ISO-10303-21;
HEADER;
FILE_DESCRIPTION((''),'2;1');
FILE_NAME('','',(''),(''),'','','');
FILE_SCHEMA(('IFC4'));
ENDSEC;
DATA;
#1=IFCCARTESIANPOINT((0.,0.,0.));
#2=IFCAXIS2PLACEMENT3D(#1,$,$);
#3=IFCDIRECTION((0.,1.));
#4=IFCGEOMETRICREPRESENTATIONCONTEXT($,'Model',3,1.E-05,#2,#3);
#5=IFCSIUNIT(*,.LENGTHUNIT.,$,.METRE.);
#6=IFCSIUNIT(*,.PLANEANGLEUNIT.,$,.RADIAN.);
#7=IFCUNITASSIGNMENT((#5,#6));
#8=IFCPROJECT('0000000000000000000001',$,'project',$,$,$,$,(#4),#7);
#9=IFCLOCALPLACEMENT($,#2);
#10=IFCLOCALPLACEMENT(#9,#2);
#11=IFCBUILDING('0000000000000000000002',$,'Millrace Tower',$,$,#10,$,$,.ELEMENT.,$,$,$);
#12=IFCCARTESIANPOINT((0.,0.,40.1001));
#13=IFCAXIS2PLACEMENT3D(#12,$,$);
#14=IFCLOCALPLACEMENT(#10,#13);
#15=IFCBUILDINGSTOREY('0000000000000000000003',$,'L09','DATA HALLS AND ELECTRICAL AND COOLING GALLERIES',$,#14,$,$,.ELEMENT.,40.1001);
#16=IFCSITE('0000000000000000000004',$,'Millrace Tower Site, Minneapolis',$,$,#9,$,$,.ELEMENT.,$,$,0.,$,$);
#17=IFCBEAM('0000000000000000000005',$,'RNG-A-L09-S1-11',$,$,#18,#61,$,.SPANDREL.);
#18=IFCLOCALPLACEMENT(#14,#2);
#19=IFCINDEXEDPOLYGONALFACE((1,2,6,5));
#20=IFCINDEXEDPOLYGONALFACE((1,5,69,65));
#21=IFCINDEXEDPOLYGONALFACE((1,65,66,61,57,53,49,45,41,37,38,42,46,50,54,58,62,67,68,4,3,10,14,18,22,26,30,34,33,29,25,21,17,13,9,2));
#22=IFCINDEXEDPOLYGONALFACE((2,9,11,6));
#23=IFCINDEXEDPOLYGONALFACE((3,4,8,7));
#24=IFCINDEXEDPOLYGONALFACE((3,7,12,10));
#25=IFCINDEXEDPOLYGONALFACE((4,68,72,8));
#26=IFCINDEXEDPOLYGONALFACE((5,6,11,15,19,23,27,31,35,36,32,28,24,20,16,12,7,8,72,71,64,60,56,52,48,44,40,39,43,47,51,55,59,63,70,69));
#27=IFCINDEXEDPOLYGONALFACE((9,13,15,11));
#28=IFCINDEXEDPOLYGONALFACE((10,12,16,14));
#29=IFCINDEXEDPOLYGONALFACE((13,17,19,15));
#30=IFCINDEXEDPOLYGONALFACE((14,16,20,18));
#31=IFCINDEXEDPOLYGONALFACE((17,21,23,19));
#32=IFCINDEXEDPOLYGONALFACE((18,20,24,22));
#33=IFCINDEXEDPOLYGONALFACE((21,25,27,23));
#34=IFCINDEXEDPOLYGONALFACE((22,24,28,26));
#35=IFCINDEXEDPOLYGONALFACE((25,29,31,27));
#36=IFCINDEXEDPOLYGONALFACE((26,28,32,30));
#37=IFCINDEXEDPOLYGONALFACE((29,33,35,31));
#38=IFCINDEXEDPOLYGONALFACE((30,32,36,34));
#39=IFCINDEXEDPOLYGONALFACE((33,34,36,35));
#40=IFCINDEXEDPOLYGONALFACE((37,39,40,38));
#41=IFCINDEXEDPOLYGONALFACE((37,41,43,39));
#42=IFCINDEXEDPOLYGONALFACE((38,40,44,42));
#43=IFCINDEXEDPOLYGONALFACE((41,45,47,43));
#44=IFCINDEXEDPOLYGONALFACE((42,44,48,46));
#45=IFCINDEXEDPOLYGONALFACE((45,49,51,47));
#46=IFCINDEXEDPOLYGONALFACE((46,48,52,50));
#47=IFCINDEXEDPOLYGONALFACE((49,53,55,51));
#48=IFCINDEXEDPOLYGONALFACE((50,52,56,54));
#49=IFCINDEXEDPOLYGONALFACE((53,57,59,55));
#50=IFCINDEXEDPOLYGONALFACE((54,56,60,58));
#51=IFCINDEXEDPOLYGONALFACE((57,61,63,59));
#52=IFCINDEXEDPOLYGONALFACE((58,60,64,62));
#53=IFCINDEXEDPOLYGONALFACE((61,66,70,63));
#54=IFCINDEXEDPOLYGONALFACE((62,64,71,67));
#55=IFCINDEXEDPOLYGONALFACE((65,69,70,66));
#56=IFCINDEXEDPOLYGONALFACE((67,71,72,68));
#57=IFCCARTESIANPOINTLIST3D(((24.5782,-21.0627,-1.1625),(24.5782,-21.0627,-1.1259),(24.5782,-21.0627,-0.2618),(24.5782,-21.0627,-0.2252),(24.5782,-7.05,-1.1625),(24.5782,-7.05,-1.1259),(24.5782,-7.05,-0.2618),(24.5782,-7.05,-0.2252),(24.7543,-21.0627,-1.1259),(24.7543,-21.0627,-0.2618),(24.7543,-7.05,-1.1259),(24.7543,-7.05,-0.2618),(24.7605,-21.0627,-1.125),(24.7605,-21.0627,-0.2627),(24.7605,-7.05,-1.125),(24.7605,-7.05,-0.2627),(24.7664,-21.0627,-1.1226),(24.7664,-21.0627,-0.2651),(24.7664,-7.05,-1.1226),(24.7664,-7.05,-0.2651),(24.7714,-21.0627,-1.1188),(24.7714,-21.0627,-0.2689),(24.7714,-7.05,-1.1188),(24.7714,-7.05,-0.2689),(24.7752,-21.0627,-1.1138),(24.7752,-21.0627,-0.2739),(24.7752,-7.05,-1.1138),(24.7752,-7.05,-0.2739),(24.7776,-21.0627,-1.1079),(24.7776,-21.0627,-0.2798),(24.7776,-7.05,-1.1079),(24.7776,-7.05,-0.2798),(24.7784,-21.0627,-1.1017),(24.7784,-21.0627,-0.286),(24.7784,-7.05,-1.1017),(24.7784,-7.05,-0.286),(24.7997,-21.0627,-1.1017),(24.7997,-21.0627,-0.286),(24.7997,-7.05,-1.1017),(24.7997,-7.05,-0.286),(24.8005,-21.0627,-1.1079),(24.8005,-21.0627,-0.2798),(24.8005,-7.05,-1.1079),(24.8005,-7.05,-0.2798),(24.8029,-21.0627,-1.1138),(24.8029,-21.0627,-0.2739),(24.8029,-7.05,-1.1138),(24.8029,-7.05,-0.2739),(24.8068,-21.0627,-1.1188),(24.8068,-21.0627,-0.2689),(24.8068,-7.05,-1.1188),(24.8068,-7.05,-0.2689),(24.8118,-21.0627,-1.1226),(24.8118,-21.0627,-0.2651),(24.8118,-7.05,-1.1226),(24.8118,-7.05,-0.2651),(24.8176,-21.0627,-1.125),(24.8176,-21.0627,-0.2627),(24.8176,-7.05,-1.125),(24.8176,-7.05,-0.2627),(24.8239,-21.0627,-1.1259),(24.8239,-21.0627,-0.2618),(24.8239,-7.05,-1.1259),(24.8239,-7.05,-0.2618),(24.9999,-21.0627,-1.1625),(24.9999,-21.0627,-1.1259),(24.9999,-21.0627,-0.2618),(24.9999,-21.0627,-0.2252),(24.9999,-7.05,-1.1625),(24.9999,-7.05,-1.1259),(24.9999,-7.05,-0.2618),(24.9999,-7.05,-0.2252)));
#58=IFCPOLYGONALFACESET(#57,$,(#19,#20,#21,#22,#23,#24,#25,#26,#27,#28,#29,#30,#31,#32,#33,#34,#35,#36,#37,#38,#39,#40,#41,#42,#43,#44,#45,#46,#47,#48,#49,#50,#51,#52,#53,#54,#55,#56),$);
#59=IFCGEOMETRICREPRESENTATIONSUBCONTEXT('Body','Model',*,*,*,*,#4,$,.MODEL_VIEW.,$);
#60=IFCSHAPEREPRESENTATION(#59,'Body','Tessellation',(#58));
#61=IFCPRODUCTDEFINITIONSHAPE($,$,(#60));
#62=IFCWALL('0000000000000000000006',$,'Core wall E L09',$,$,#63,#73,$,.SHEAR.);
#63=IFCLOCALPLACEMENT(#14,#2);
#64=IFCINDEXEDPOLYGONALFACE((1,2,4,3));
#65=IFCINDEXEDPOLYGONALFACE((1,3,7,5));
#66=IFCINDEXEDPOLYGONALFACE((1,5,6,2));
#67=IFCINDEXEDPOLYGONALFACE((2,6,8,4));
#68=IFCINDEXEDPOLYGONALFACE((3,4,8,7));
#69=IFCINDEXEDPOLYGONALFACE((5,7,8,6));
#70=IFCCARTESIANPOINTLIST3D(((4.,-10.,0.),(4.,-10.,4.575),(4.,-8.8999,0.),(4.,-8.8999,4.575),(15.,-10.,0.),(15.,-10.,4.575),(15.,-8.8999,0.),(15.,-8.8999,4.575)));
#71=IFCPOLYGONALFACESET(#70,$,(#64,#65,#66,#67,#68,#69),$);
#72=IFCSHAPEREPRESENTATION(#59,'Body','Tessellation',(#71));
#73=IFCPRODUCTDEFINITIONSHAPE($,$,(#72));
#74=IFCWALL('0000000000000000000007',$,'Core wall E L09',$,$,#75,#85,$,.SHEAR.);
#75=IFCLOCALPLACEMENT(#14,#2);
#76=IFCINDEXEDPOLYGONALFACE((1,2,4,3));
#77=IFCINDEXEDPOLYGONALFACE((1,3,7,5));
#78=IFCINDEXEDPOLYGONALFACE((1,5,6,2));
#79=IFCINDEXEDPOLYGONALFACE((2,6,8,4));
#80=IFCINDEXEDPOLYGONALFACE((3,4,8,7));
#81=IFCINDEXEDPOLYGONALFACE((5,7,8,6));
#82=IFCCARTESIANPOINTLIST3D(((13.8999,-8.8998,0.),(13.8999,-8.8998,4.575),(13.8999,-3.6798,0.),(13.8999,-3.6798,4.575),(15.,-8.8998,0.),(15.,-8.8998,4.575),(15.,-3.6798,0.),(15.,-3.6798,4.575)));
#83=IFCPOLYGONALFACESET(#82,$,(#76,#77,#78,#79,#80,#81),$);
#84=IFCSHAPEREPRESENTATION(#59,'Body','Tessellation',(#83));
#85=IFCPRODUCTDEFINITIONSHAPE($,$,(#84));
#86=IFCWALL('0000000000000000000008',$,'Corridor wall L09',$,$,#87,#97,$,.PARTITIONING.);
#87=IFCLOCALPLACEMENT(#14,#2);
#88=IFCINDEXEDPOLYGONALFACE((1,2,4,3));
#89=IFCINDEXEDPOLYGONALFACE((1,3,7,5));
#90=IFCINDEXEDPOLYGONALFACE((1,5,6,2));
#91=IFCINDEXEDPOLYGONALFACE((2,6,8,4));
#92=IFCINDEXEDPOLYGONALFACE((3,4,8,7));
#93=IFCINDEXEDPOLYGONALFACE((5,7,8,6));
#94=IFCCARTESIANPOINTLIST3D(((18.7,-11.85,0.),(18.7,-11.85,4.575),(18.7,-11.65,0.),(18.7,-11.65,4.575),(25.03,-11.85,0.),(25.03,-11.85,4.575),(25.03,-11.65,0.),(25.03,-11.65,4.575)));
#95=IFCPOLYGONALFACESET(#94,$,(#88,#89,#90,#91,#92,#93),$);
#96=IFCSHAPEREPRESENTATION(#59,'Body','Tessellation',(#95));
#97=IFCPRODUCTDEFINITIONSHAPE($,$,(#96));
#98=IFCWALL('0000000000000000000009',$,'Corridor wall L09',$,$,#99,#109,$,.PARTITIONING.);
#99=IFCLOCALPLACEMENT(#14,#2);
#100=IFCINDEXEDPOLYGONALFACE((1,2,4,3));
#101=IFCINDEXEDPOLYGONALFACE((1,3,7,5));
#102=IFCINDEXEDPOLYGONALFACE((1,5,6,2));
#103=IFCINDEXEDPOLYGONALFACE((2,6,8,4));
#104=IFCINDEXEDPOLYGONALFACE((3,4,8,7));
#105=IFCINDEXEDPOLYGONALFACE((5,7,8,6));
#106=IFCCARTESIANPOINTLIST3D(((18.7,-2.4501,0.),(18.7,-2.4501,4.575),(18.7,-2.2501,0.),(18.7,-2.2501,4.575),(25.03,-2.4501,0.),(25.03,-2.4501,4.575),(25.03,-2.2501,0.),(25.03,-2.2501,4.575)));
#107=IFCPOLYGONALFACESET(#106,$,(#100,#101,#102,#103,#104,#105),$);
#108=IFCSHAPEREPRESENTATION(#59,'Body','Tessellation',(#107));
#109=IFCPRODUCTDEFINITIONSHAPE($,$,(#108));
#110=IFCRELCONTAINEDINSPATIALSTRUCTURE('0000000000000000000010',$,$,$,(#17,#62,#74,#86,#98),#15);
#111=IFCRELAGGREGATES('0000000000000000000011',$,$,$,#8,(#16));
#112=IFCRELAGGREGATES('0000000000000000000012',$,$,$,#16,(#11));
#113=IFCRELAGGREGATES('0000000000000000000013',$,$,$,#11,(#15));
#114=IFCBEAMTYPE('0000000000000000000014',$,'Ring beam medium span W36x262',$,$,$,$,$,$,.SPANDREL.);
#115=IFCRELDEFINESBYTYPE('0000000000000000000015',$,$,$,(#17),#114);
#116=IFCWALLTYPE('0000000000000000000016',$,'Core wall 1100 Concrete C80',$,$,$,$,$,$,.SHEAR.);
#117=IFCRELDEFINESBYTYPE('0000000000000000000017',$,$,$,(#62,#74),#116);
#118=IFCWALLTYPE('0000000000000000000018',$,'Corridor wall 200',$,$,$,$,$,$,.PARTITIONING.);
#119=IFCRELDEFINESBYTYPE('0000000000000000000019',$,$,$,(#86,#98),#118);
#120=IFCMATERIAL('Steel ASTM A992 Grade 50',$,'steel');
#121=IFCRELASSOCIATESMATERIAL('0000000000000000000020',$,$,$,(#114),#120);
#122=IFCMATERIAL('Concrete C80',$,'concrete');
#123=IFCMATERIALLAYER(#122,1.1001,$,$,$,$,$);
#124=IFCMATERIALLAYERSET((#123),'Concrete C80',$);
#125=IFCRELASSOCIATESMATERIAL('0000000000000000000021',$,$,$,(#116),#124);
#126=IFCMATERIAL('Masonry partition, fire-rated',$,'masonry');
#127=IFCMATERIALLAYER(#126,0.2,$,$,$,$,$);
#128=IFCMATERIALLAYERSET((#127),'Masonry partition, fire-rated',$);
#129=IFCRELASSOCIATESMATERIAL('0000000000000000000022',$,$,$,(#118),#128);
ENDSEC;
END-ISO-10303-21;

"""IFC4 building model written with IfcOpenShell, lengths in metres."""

from ifc_helpers import new_model, si_unit, direction, frame, frame_2d, origin, origin_2d, place, context, subcontext, project, spatial, rectangle, i_section, extrude, material, layer, layer_set, material_profile, profile_set, type_object, element, save


model = new_model("IFC4")

# Units and contexts
model_context = context("Model", 3, precision=1e-05, world=origin(), true_north=direction((0.0, 1.0)))
body_context = subcontext(model_context, "Body", "Model", "MODEL_VIEW")
ifc_project = project(units=[si_unit("LENGTHUNIT", "METRE"), si_unit("PLANEANGLEUNIT", "RADIAN")], contexts=[model_context])

# Site, building, storey
site_placement = place(None, origin())
site = spatial("IfcSite", under=ifc_project, at=site_placement, Name="Millrace Tower Site, Minneapolis", CompositionType="ELEMENT", RefElevation=0.0)
building_placement = place(site_placement, origin())
building = spatial("IfcBuilding", under=site, at=building_placement, Name="Millrace Tower", CompositionType="ELEMENT")
storey_placement = place(building_placement, frame((0.0, 0.0, 40.1001)))
storey = spatial("IfcBuildingStorey", under=building, at=storey_placement, Name="L09", Description="DATA HALLS AND ELECTRICAL AND COOLING GALLERIES", CompositionType="ELEMENT", Elevation=40.1001)

# Beam
ifc_material_1 = material(Name="Steel ASTM A992 Grade 50", Category="steel")
ifc_material_profile_1 = material_profile(ifc_material_1, i_section(OverallWidth=0.4216, OverallDepth=0.9373, WebThickness=0.0212, FlangeThickness=0.0366, FilletRadius=0.0242, at=origin_2d()))
ifc_profile_set_1 = profile_set([ifc_material_profile_1], Name="Steel ASTM A992 Grade 50")
beam_type_1 = type_object("IfcBeamType", Name="Ring beam medium span W36x262", PredefinedType="SPANDREL", material=ifc_profile_set_1)
beam_1_placement = place(storey_placement, frame((24.7891, -7.05, -0.6938), z_axis=(0.0, -1.0, 0.0), x_axis=(1.0, 0.0, 0.0)))
element("IfcBeam", 1, at=beam_1_placement, inside=storey, type_object=beam_type_1, Name="RNG-A-L09-S1-11", PredefinedType="SPANDREL", context=body_context, shape_type="SweptSolid", body=[
    extrude(i_section(OverallWidth=0.4216, OverallDepth=0.9373, WebThickness=0.0212, FlangeThickness=0.0366, FilletRadius=0.0242, at=origin_2d()), origin(), (0.0, 0.0, 1.0), 14.0127),
])

# Walls
ifc_material_2 = material(Name="Concrete C80", Category="concrete")
ifc_layer_1 = layer(ifc_material_2, 1.1001)
ifc_layer_set_1 = layer_set([ifc_layer_1], Name="Concrete C80")
wall_type_1 = type_object("IfcWallType", Name="Core wall 1100 Concrete C80", PredefinedType="SHEAR", material=ifc_layer_set_1)
wall_1_placement = place(storey_placement, frame((15.0, -9.45, 0.0), z_axis=(0.0, 0.0, 1.0), x_axis=(-1.0, 0.0, 0.0)))
element("IfcWall", 2, at=wall_1_placement, inside=storey, type_object=wall_type_1, Name="Core wall E L09", PredefinedType="SHEAR", context=body_context, shape_type="SweptSolid", body=[
    extrude(rectangle(XDim=11.0, YDim=1.1001, at=frame_2d((5.5, 0.0))), origin(), (0.0, 0.0, 1.0), 4.575),
])
wall_2_placement = place(storey_placement, frame((14.45, -3.6799, 0.0), z_axis=(0.0, 0.0, 1.0), x_axis=(0.0, -1.0, 0.0)))
element("IfcWall", 3, at=wall_2_placement, inside=storey, type_object=wall_type_1, Name="Core wall E L09", PredefinedType="SHEAR", context=body_context, shape_type="SweptSolid", body=[
    extrude(rectangle(XDim=5.22, YDim=1.1001, at=frame_2d((2.6099, 0.0))), origin(), (0.0, 0.0, 1.0), 4.575),
])
ifc_material_3 = material(Name="Masonry partition, fire-rated", Category="masonry")
ifc_layer_2 = layer(ifc_material_3, 0.2)
ifc_layer_set_2 = layer_set([ifc_layer_2], Name="Masonry partition, fire-rated")
wall_type_2 = type_object("IfcWallType", Name="Corridor wall 200", PredefinedType="PARTITIONING", material=ifc_layer_set_2)
for number, where, z_axis, x_axis, name in (
    (4, (18.7, -11.75, 0.0), (0.0, 0.0, 1.0), (1.0, 0.0, 0.0), "Corridor wall L09"),
    (5, (18.7, -2.3501, 0.0), (0.0, 0.0, 1.0), (1.0, 0.0, 0.0), "Corridor wall L09"),
):
    element("IfcWall", number, at=place(storey_placement, frame(where, z_axis=z_axis, x_axis=x_axis)), inside=storey, type_object=wall_type_2, Name=name, PredefinedType="PARTITIONING", context=body_context, shape_type="SweptSolid", body=[
        extrude(rectangle(XDim=6.3301, YDim=0.2, at=frame_2d((3.165, 0.0))), origin(), (0.0, 0.0, 1.0), 4.575),
    ])

save(model, "model.ifc")
